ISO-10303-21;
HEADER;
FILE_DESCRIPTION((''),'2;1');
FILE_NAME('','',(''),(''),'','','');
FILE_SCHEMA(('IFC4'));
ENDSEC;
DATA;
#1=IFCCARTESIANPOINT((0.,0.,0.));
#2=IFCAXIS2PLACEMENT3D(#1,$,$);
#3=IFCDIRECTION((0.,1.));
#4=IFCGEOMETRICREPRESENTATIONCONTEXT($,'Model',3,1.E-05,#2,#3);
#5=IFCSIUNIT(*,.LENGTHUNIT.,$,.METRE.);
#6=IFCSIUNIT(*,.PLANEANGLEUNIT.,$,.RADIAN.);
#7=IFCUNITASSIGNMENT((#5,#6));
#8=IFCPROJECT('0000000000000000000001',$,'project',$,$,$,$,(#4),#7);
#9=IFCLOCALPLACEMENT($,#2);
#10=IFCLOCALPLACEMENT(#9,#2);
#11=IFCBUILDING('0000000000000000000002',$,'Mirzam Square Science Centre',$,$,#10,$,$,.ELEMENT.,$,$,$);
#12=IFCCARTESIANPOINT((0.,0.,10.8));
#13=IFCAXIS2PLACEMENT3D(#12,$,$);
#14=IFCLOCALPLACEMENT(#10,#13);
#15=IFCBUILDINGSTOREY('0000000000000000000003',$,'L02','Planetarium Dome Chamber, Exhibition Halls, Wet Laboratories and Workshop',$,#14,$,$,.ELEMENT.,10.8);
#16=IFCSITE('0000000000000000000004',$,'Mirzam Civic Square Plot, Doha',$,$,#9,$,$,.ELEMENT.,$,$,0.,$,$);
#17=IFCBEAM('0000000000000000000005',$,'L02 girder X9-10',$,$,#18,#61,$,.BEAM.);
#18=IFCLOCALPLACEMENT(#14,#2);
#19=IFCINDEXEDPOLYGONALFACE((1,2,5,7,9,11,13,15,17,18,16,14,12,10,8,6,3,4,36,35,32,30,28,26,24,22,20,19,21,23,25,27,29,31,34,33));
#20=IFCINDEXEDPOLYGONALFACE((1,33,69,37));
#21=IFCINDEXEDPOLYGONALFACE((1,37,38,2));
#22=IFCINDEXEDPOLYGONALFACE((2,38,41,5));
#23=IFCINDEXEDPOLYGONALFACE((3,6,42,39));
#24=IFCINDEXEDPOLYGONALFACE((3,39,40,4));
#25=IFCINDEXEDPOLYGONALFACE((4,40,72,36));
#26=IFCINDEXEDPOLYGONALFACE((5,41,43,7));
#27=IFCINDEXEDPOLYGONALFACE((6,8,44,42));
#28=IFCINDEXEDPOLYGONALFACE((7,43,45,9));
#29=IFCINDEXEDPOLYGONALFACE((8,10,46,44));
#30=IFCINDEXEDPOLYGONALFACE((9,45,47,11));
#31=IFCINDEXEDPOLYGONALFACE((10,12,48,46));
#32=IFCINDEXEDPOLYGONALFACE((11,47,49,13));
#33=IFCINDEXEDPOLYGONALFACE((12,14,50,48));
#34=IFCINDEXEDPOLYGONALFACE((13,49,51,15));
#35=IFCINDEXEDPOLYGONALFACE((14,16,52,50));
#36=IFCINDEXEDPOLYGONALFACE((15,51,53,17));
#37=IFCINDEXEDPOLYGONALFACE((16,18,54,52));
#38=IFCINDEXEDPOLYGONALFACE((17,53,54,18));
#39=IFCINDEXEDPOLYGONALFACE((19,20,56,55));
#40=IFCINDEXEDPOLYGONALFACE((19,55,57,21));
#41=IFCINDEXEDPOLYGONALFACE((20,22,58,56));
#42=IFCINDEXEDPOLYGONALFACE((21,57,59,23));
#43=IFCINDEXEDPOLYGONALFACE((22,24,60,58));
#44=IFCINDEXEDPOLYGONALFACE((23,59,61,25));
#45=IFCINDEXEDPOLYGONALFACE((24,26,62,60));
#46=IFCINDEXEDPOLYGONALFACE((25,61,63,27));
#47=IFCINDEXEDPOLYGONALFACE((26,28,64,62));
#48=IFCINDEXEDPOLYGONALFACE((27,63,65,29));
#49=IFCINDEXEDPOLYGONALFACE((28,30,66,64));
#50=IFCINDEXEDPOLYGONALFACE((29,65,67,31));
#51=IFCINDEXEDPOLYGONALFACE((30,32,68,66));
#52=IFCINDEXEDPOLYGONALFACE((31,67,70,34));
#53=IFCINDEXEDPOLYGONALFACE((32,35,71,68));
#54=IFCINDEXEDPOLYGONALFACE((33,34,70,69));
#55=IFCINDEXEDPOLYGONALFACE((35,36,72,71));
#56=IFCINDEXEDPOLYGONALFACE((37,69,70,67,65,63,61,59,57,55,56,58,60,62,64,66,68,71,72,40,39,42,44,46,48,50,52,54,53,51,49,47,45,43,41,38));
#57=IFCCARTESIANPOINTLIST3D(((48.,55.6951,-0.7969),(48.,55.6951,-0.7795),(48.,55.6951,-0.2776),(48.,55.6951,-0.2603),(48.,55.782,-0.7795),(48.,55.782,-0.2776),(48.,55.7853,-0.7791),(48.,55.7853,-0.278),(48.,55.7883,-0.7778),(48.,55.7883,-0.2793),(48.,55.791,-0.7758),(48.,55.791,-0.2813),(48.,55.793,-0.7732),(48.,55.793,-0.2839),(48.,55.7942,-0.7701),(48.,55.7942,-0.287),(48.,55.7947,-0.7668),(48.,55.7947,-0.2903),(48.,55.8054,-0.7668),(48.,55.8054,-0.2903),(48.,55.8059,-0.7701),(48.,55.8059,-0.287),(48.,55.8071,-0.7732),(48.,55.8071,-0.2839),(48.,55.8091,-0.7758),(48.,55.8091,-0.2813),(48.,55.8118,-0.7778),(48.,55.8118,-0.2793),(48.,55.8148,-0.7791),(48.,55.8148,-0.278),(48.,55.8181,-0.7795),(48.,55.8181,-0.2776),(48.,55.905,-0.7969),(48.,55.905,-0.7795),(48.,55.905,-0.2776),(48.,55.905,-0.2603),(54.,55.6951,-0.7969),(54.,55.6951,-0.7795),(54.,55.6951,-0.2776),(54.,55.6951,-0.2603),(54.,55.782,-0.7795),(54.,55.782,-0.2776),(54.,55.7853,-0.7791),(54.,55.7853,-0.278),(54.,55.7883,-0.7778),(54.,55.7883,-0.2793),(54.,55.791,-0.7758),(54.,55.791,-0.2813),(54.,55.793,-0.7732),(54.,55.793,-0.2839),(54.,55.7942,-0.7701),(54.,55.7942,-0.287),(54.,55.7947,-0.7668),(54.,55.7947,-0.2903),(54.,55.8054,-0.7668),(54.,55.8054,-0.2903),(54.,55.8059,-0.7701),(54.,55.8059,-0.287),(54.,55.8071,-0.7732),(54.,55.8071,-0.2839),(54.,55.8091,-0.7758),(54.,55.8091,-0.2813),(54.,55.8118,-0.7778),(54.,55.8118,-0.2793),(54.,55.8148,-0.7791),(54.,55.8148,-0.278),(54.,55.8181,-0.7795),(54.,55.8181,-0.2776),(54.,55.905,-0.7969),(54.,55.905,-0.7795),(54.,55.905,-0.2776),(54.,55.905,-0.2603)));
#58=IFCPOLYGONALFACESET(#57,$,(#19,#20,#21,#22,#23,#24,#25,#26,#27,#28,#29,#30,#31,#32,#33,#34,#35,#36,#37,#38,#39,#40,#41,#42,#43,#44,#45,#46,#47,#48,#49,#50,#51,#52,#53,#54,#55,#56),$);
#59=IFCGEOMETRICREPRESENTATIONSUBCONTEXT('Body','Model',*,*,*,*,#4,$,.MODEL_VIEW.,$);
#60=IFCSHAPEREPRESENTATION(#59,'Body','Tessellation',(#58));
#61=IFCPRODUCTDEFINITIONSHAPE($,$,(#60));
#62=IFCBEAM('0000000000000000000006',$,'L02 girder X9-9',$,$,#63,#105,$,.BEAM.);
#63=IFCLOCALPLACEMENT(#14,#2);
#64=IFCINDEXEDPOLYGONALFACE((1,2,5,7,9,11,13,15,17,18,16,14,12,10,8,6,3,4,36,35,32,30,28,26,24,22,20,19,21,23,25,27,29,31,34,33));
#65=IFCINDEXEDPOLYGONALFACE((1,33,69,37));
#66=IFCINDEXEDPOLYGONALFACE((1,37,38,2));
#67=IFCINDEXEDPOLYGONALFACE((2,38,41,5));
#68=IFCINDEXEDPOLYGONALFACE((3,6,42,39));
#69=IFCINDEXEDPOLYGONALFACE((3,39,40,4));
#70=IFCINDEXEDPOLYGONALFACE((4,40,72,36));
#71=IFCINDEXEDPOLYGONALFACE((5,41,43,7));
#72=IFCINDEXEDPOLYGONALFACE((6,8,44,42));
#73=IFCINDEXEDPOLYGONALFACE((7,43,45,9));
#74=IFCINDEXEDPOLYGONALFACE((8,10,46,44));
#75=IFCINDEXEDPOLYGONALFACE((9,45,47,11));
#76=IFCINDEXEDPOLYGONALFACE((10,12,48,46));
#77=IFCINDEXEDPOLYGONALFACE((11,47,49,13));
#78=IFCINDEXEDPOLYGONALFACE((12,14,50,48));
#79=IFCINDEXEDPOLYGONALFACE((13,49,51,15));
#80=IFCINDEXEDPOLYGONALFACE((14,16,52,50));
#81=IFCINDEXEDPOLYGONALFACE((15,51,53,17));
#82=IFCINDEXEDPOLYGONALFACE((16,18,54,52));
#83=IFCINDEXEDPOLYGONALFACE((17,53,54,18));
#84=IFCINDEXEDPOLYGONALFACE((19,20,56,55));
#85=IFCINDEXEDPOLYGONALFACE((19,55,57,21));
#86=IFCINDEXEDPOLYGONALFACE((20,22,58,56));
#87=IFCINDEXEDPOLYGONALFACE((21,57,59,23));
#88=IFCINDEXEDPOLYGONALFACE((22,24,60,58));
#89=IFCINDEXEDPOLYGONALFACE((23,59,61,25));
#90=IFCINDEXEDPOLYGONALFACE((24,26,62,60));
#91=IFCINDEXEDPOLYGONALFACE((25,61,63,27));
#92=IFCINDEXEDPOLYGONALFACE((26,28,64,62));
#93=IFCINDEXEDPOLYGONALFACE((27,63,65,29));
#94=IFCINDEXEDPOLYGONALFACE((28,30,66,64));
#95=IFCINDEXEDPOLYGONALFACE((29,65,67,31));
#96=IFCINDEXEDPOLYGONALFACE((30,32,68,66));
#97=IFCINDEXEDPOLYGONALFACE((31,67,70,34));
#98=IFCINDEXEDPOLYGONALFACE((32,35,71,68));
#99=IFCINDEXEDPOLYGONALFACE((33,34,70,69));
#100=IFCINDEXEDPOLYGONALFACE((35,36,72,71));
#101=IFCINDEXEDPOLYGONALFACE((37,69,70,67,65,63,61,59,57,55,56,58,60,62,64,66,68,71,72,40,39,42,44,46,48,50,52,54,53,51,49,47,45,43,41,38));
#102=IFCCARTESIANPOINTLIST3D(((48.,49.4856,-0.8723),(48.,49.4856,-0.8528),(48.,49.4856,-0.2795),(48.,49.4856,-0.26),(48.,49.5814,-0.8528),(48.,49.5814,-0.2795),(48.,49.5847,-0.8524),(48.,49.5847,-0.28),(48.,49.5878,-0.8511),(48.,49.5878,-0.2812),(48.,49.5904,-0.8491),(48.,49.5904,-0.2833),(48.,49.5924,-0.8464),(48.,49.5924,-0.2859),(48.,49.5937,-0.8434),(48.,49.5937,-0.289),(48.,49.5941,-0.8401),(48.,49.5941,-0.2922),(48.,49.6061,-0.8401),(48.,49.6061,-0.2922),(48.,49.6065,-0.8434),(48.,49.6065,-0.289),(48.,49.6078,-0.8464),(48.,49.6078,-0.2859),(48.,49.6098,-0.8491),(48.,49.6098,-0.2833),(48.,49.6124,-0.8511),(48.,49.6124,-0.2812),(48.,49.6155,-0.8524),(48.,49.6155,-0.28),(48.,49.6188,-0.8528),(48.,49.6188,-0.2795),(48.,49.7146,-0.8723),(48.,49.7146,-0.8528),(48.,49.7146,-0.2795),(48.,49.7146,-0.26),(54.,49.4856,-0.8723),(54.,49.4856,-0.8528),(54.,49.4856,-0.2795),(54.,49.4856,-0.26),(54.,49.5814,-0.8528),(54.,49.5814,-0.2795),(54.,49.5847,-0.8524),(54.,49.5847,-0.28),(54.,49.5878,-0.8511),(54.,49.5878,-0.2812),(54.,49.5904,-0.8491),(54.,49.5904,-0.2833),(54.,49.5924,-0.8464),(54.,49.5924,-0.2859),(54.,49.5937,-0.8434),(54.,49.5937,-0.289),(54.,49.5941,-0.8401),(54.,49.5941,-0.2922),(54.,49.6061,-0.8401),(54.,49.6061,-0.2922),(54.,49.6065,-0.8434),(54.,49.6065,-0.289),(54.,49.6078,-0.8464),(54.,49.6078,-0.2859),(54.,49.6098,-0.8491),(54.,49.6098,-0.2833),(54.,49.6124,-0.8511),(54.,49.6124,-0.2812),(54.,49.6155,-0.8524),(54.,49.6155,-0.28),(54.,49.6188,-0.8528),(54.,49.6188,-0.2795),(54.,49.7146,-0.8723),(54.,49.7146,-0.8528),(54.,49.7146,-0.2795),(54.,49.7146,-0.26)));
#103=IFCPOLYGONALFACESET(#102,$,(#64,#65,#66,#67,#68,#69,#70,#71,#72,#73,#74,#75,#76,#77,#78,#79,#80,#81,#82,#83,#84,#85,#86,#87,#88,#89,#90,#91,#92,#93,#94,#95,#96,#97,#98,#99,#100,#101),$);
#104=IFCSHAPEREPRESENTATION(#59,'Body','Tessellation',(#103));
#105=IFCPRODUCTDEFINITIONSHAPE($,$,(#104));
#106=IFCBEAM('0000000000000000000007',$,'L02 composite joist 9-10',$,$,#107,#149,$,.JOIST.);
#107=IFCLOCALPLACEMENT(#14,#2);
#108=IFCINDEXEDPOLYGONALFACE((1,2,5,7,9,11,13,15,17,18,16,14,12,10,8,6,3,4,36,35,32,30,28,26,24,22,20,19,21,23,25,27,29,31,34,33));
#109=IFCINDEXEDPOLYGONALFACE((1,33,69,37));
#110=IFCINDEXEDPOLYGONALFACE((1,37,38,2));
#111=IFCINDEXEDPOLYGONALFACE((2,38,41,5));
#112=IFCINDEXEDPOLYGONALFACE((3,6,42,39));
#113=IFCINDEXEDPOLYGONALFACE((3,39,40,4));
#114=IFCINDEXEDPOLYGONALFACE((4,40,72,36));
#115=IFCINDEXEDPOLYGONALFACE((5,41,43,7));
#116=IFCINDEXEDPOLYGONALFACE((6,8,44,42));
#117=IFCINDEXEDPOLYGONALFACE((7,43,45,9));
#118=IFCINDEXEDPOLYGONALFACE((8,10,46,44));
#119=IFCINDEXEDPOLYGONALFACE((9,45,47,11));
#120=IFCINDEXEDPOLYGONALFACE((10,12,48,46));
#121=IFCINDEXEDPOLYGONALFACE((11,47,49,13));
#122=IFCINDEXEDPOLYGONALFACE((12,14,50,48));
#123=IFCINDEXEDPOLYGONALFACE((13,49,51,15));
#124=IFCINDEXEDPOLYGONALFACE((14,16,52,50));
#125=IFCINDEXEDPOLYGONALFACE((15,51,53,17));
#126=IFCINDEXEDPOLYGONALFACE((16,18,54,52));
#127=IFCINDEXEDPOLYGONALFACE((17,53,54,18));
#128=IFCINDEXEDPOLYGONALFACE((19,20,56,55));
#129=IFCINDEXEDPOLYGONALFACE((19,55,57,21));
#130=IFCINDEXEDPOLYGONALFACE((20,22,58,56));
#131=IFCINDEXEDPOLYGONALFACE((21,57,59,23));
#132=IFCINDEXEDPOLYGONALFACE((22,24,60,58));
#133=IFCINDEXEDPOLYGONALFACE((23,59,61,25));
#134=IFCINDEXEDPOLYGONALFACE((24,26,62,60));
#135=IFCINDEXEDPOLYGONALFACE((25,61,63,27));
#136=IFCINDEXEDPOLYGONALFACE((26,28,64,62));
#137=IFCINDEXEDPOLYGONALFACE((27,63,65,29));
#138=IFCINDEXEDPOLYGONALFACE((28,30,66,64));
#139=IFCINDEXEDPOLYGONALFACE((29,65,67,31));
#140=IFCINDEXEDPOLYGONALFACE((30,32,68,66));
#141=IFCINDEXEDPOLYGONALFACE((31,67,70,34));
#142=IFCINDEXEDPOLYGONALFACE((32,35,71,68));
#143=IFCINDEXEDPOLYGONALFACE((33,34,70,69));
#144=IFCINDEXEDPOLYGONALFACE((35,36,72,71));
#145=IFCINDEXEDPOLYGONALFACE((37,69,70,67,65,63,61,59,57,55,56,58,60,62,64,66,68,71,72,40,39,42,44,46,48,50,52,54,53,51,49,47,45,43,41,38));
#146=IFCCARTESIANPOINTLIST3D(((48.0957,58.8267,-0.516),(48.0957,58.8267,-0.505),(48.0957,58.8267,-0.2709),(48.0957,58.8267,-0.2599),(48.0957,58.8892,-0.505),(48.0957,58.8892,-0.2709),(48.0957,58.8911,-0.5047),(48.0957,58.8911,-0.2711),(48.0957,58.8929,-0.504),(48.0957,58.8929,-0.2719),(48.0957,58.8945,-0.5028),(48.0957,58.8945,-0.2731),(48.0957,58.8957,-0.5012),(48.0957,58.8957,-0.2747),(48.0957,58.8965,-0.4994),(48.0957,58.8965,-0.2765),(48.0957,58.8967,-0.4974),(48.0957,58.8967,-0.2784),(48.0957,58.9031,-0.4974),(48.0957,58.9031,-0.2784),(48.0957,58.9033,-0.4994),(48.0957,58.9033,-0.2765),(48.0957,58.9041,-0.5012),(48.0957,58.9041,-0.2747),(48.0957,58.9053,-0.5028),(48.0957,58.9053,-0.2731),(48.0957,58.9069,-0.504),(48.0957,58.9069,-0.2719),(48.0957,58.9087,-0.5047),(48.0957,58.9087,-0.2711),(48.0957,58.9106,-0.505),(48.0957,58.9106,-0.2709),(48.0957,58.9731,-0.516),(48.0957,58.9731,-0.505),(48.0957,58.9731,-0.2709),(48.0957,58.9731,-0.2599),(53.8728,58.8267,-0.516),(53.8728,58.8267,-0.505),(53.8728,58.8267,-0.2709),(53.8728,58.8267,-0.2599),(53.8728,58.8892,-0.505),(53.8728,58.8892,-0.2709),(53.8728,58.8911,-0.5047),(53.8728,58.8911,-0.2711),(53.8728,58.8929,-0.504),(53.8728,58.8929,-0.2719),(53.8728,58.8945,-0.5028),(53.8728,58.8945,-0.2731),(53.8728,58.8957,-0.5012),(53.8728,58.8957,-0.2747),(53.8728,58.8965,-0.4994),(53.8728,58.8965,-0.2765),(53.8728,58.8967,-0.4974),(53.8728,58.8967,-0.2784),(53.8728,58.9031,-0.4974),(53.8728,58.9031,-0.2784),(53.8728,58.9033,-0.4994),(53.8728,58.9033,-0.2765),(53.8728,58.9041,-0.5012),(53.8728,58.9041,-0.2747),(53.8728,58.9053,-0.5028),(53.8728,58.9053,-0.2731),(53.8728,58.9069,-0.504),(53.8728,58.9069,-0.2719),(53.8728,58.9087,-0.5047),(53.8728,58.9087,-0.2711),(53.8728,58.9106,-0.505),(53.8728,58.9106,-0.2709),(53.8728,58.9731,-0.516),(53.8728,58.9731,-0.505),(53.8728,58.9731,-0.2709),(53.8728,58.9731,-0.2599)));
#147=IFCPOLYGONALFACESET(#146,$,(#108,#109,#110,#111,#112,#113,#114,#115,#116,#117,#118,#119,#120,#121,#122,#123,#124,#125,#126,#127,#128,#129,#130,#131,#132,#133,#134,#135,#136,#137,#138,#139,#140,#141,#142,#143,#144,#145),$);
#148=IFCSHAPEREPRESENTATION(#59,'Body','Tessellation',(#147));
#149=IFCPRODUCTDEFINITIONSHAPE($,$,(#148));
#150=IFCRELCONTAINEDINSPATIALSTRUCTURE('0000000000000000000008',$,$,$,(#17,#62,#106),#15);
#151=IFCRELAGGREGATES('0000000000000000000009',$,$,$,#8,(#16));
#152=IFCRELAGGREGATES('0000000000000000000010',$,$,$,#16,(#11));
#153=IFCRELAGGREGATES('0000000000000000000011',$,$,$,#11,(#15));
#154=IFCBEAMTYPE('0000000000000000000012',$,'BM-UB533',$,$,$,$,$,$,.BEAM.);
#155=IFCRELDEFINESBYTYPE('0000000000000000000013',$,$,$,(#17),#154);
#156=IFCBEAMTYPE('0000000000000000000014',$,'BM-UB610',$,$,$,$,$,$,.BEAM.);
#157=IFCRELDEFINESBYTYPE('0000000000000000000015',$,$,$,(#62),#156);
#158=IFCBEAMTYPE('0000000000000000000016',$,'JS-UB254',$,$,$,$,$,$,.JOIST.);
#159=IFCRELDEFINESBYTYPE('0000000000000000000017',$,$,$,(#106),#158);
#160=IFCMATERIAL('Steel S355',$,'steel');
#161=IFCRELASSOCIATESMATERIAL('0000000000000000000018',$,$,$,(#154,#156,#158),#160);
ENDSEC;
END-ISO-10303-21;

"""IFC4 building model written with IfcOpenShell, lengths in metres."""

from ifc_helpers import new_model, si_unit, direction, frame, origin, origin_2d, place, context, subcontext, project, spatial, i_section, extrude, material, material_profile, profile_set, type_object, element, save


model = new_model("IFC4")

# Units and contexts
model_context = context("Model", 3, precision=1e-05, world=origin(), true_north=direction((0.0, 1.0)))
body_context = subcontext(model_context, "Body", "Model", "MODEL_VIEW")
ifc_project = project(units=[si_unit("LENGTHUNIT", "METRE"), si_unit("PLANEANGLEUNIT", "RADIAN")], contexts=[model_context])

# Site, building, storey
site_placement = place(None, origin())
site = spatial("IfcSite", under=ifc_project, at=site_placement, Name="Mirzam Civic Square Plot, Doha", CompositionType="ELEMENT", RefElevation=0.0)
building_placement = place(site_placement, origin())
building = spatial("IfcBuilding", under=site, at=building_placement, Name="Mirzam Square Science Centre", CompositionType="ELEMENT")
storey_placement = place(building_placement, frame((0.0, 0.0, 10.8)))
storey = spatial("IfcBuildingStorey", under=building, at=storey_placement, Name="L02", Description="Planetarium Dome Chamber, Exhibition Halls, Wet Laboratories and Workshop", CompositionType="ELEMENT", Elevation=10.8)

# Shared definitions
ifc_material_1 = material(Name="Steel S355", Category="steel")

# Beams
ifc_material_profile_1 = material_profile(ifc_material_1, i_section(OverallWidth=0.21, OverallDepth=0.5366, WebThickness=0.0107, FlangeThickness=0.0173, FilletRadius=0.0127, at=origin_2d()), Name="533x210x101UB")
ifc_profile_set_1 = profile_set([ifc_material_profile_1], Name="Steel S355")
beam_type_1 = type_object("IfcBeamType", Name="BM-UB533", PredefinedType="BEAM", material=ifc_profile_set_1)
beam_1_placement = place(storey_placement, frame((48.0, 55.8, -0.5286), z_axis=(1.0, 0.0, 0.0), x_axis=(0.0, 1.0, 0.0)))
element("IfcBeam", 1, at=beam_1_placement, inside=storey, type_object=beam_type_1, Name="L02 girder X9-10", PredefinedType="BEAM", context=body_context, shape_type="SweptSolid", body=[
    extrude(i_section(OverallWidth=0.21, OverallDepth=0.5366, WebThickness=0.0107, FlangeThickness=0.0173, FilletRadius=0.0127, at=origin_2d()), origin(), (0.0, 0.0, 1.0), 6.0),
])
ifc_material_profile_2 = material_profile(ifc_material_1, i_section(OverallWidth=0.229, OverallDepth=0.6123, WebThickness=0.012, FlangeThickness=0.0195, FilletRadius=0.0127, at=origin_2d()), Name="610x229x125UB")
ifc_profile_set_2 = profile_set([ifc_material_profile_2], Name="Steel S355")
beam_type_2 = type_object("IfcBeamType", Name="BM-UB610", PredefinedType="BEAM", material=ifc_profile_set_2)
beam_2_placement = place(storey_placement, frame((48.0, 49.6001, -0.5662), z_axis=(1.0, 0.0, 0.0), x_axis=(0.0, 1.0, 0.0)))
element("IfcBeam", 2, at=beam_2_placement, inside=storey, type_object=beam_type_2, Name="L02 girder X9-9", PredefinedType="BEAM", context=body_context, shape_type="SweptSolid", body=[
    extrude(i_section(OverallWidth=0.229, OverallDepth=0.6123, WebThickness=0.012, FlangeThickness=0.0195, FilletRadius=0.0127, at=origin_2d()), origin(), (0.0, 0.0, 1.0), 6.0),
])
ifc_material_profile_3 = material_profile(ifc_material_1, i_section(OverallWidth=0.1465, OverallDepth=0.2561, WebThickness=0.0063, FlangeThickness=0.011, FilletRadius=0.0076, at=origin_2d()), Name="254x146x37UB")
ifc_profile_set_3 = profile_set([ifc_material_profile_3], Name="Steel S355")
beam_type_3 = type_object("IfcBeamType", Name="JS-UB254", PredefinedType="JOIST", material=ifc_profile_set_3)
beam_3_placement = place(storey_placement, frame((48.0957, 58.8999, -0.3879), z_axis=(1.0, 0.0, 0.0), x_axis=(0.0, 1.0, 0.0)))
element("IfcBeam", 3, at=beam_3_placement, inside=storey, type_object=beam_type_3, Name="L02 composite joist 9-10", PredefinedType="JOIST", context=body_context, shape_type="SweptSolid", body=[
    extrude(i_section(OverallWidth=0.1465, OverallDepth=0.2561, WebThickness=0.0063, FlangeThickness=0.011, FilletRadius=0.0076, at=origin_2d()), origin(), (0.0, 0.0, 1.0), 5.7771),
])

save(model, "model.ifc")
